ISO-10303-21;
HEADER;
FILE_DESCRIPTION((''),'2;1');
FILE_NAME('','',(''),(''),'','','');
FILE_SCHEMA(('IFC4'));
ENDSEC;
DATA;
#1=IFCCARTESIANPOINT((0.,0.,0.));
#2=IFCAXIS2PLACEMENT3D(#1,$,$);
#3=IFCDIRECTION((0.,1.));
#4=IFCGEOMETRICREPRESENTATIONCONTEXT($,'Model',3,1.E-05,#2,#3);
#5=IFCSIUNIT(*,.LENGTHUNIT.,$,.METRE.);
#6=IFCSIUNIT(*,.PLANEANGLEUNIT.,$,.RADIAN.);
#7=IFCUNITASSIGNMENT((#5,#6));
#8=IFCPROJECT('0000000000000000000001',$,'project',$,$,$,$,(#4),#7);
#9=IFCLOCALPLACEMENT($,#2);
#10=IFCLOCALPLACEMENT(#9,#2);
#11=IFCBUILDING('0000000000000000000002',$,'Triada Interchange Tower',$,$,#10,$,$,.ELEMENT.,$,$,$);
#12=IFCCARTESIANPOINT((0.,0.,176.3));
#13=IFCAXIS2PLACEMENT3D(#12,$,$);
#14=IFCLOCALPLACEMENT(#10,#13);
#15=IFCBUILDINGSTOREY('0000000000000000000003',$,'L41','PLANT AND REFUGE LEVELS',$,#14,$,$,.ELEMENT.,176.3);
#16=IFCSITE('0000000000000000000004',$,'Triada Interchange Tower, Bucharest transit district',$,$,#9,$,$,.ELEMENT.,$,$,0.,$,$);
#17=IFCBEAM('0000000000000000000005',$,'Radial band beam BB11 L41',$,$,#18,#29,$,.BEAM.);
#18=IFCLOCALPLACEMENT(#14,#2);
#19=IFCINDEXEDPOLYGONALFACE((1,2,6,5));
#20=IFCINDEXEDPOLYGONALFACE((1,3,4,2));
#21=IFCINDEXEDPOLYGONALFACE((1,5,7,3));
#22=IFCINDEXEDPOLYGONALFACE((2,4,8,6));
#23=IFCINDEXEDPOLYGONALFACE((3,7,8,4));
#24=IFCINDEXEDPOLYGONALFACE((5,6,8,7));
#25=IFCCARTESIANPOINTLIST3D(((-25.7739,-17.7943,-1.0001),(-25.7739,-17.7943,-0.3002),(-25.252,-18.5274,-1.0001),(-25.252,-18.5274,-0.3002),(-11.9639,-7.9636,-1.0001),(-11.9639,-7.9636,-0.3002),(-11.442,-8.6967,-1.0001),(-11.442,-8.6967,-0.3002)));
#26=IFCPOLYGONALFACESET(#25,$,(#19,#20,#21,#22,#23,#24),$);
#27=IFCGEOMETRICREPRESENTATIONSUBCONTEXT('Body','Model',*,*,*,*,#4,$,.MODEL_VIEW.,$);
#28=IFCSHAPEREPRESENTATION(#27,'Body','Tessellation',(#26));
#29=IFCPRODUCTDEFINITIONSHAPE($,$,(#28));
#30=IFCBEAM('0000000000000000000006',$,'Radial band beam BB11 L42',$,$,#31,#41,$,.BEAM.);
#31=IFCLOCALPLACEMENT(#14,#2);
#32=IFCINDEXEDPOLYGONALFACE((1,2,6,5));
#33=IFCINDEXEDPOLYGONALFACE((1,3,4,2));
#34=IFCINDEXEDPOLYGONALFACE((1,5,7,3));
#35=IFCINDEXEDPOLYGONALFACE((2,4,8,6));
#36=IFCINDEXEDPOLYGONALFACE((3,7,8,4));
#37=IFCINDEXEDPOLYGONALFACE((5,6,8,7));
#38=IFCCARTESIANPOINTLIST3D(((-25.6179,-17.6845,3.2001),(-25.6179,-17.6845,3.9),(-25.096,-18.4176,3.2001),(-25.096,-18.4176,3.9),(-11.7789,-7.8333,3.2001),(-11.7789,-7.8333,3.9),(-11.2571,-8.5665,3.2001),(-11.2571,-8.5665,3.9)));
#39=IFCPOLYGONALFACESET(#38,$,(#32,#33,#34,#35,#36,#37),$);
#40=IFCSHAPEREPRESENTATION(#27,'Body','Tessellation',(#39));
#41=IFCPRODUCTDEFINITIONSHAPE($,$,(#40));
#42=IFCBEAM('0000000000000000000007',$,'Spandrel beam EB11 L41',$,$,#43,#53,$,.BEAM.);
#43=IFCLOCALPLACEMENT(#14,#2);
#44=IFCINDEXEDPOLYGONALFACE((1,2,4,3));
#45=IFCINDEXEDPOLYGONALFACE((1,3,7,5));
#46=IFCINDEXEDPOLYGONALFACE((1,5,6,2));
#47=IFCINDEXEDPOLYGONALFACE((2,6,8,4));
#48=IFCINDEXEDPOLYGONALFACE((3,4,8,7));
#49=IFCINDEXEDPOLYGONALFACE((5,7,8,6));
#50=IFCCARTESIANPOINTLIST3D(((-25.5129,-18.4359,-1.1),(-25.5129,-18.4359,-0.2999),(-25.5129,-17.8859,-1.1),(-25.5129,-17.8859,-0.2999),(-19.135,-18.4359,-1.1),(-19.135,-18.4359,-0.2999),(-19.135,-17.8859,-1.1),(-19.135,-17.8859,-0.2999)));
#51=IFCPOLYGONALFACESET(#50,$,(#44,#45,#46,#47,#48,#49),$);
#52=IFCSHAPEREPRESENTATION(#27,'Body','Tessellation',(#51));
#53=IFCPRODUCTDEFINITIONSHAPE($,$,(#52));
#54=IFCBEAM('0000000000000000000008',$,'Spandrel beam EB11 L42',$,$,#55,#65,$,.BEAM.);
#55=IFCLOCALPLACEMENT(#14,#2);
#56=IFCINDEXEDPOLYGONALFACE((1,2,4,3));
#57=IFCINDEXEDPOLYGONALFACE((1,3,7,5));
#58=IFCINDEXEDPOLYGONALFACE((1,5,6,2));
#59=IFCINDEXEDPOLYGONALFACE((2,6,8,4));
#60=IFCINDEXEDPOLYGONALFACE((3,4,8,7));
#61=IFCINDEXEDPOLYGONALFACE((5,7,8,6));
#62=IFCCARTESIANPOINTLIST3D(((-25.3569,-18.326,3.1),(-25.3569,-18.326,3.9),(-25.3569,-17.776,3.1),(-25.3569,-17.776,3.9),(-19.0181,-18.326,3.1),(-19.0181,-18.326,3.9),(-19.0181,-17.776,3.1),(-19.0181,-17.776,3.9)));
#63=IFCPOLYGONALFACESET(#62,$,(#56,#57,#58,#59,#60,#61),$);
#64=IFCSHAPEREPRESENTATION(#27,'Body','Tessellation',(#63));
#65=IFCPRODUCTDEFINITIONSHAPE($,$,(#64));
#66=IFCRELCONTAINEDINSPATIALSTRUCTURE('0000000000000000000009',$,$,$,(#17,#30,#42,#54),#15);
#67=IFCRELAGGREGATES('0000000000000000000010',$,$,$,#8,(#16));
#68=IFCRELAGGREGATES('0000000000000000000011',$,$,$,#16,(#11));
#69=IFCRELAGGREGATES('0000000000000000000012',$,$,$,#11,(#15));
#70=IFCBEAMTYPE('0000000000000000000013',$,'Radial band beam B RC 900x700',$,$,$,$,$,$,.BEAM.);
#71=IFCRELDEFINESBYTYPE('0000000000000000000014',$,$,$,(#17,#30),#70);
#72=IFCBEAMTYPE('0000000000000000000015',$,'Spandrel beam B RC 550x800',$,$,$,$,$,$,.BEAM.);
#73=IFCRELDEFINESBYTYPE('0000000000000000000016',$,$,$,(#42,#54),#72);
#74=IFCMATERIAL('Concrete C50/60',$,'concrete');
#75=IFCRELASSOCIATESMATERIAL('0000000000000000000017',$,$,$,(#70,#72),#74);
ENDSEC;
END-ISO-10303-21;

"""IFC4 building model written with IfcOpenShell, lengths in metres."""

from ifc_helpers import new_model, si_unit, direction, frame, origin, origin_2d, place, context, subcontext, project, spatial, rectangle, extrude, material, material_profile, profile_set, type_object, element, save


model = new_model("IFC4")

# Units and contexts
model_context = context("Model", 3, precision=1e-05, world=origin(), true_north=direction((0.0, 1.0)))
body_context = subcontext(model_context, "Body", "Model", "MODEL_VIEW")
ifc_project = project(units=[si_unit("LENGTHUNIT", "METRE"), si_unit("PLANEANGLEUNIT", "RADIAN")], contexts=[model_context])

# Site, building, storey
site_placement = place(None, origin())
site = spatial("IfcSite", under=ifc_project, at=site_placement, Name="Triada Interchange Tower, Bucharest transit district", CompositionType="ELEMENT", RefElevation=0.0)
building_placement = place(site_placement, origin())
building = spatial("IfcBuilding", under=site, at=building_placement, Name="Triada Interchange Tower", CompositionType="ELEMENT")
storey_placement = place(building_placement, frame((0.0, 0.0, 176.3)))
storey = spatial("IfcBuildingStorey", under=building, at=storey_placement, Name="L41", Description="PLANT AND REFUGE LEVELS", CompositionType="ELEMENT", Elevation=176.3)

# Beams
ifc_material_1 = material(Name="Concrete C50/60", Category="concrete")
ifc_material_profile_1 = material_profile(ifc_material_1, rectangle(XDim=0.8999, YDim=0.7, at=origin_2d()), Name="RC 900x700")
ifc_profile_set_1 = profile_set([ifc_material_profile_1], Name="Concrete C50/60")
beam_type_1 = type_object("IfcBeamType", Name="Radial band beam B RC 900x700", PredefinedType="BEAM", material=ifc_profile_set_1)
beam_1_placement = place(storey_placement, frame((-25.5129, -18.1609, -0.6501), z_axis=(0.814668, 0.579928, 0.0), x_axis=(-0.579928, 0.814668, 0.0)))
element("IfcBeam", 1, at=beam_1_placement, inside=storey, type_object=beam_type_1, Name="Radial band beam BB11 L41", PredefinedType="BEAM", context=body_context, shape_type="SweptSolid", body=[
    extrude(rectangle(XDim=0.8999, YDim=0.7, at=origin_2d()), origin(), (0.0, 0.0, 1.0), 16.9517),
])
beam_2_placement = place(storey_placement, frame((-25.3569, -18.051, 3.55), z_axis=(0.814674, 0.579919, 0.0), x_axis=(-0.579919, 0.814674, 0.0)))
element("IfcBeam", 2, at=beam_2_placement, inside=storey, type_object=beam_type_1, Name="Radial band beam BB11 L42", PredefinedType="BEAM", context=body_context, shape_type="SweptSolid", body=[
    extrude(rectangle(XDim=0.8999, YDim=0.7, at=origin_2d()), origin(), (0.0, 0.0, 1.0), 16.9871),
])
ifc_material_profile_2 = material_profile(ifc_material_1, rectangle(XDim=0.55, YDim=0.8, at=origin_2d()), Name="RC 550x800")
ifc_profile_set_2 = profile_set([ifc_material_profile_2], Name="Concrete C50/60")
beam_type_2 = type_object("IfcBeamType", Name="Spandrel beam B RC 550x800", PredefinedType="BEAM", material=ifc_profile_set_2)
beam_3_placement = place(storey_placement, frame((-25.5129, -18.1609, -0.7), z_axis=(1.0, 0.0, 0.0), x_axis=(0.0, 1.0, 0.0)))
element("IfcBeam", 3, at=beam_3_placement, inside=storey, type_object=beam_type_2, Name="Spandrel beam EB11 L41", PredefinedType="BEAM", context=body_context, shape_type="SweptSolid", body=[
    extrude(rectangle(XDim=0.55, YDim=0.8, at=origin_2d()), origin(), (0.0, 0.0, 1.0), 6.3779),
])
beam_4_placement = place(storey_placement, frame((-25.3569, -18.051, 3.5), z_axis=(1.0, 0.0, 0.0), x_axis=(0.0, 1.0, 0.0)))
element("IfcBeam", 4, at=beam_4_placement, inside=storey, type_object=beam_type_2, Name="Spandrel beam EB11 L42", PredefinedType="BEAM", context=body_context, shape_type="SweptSolid", body=[
    extrude(rectangle(XDim=0.55, YDim=0.8, at=origin_2d()), origin(), (0.0, 0.0, 1.0), 6.3389),
])

save(model, "model.ifc")
